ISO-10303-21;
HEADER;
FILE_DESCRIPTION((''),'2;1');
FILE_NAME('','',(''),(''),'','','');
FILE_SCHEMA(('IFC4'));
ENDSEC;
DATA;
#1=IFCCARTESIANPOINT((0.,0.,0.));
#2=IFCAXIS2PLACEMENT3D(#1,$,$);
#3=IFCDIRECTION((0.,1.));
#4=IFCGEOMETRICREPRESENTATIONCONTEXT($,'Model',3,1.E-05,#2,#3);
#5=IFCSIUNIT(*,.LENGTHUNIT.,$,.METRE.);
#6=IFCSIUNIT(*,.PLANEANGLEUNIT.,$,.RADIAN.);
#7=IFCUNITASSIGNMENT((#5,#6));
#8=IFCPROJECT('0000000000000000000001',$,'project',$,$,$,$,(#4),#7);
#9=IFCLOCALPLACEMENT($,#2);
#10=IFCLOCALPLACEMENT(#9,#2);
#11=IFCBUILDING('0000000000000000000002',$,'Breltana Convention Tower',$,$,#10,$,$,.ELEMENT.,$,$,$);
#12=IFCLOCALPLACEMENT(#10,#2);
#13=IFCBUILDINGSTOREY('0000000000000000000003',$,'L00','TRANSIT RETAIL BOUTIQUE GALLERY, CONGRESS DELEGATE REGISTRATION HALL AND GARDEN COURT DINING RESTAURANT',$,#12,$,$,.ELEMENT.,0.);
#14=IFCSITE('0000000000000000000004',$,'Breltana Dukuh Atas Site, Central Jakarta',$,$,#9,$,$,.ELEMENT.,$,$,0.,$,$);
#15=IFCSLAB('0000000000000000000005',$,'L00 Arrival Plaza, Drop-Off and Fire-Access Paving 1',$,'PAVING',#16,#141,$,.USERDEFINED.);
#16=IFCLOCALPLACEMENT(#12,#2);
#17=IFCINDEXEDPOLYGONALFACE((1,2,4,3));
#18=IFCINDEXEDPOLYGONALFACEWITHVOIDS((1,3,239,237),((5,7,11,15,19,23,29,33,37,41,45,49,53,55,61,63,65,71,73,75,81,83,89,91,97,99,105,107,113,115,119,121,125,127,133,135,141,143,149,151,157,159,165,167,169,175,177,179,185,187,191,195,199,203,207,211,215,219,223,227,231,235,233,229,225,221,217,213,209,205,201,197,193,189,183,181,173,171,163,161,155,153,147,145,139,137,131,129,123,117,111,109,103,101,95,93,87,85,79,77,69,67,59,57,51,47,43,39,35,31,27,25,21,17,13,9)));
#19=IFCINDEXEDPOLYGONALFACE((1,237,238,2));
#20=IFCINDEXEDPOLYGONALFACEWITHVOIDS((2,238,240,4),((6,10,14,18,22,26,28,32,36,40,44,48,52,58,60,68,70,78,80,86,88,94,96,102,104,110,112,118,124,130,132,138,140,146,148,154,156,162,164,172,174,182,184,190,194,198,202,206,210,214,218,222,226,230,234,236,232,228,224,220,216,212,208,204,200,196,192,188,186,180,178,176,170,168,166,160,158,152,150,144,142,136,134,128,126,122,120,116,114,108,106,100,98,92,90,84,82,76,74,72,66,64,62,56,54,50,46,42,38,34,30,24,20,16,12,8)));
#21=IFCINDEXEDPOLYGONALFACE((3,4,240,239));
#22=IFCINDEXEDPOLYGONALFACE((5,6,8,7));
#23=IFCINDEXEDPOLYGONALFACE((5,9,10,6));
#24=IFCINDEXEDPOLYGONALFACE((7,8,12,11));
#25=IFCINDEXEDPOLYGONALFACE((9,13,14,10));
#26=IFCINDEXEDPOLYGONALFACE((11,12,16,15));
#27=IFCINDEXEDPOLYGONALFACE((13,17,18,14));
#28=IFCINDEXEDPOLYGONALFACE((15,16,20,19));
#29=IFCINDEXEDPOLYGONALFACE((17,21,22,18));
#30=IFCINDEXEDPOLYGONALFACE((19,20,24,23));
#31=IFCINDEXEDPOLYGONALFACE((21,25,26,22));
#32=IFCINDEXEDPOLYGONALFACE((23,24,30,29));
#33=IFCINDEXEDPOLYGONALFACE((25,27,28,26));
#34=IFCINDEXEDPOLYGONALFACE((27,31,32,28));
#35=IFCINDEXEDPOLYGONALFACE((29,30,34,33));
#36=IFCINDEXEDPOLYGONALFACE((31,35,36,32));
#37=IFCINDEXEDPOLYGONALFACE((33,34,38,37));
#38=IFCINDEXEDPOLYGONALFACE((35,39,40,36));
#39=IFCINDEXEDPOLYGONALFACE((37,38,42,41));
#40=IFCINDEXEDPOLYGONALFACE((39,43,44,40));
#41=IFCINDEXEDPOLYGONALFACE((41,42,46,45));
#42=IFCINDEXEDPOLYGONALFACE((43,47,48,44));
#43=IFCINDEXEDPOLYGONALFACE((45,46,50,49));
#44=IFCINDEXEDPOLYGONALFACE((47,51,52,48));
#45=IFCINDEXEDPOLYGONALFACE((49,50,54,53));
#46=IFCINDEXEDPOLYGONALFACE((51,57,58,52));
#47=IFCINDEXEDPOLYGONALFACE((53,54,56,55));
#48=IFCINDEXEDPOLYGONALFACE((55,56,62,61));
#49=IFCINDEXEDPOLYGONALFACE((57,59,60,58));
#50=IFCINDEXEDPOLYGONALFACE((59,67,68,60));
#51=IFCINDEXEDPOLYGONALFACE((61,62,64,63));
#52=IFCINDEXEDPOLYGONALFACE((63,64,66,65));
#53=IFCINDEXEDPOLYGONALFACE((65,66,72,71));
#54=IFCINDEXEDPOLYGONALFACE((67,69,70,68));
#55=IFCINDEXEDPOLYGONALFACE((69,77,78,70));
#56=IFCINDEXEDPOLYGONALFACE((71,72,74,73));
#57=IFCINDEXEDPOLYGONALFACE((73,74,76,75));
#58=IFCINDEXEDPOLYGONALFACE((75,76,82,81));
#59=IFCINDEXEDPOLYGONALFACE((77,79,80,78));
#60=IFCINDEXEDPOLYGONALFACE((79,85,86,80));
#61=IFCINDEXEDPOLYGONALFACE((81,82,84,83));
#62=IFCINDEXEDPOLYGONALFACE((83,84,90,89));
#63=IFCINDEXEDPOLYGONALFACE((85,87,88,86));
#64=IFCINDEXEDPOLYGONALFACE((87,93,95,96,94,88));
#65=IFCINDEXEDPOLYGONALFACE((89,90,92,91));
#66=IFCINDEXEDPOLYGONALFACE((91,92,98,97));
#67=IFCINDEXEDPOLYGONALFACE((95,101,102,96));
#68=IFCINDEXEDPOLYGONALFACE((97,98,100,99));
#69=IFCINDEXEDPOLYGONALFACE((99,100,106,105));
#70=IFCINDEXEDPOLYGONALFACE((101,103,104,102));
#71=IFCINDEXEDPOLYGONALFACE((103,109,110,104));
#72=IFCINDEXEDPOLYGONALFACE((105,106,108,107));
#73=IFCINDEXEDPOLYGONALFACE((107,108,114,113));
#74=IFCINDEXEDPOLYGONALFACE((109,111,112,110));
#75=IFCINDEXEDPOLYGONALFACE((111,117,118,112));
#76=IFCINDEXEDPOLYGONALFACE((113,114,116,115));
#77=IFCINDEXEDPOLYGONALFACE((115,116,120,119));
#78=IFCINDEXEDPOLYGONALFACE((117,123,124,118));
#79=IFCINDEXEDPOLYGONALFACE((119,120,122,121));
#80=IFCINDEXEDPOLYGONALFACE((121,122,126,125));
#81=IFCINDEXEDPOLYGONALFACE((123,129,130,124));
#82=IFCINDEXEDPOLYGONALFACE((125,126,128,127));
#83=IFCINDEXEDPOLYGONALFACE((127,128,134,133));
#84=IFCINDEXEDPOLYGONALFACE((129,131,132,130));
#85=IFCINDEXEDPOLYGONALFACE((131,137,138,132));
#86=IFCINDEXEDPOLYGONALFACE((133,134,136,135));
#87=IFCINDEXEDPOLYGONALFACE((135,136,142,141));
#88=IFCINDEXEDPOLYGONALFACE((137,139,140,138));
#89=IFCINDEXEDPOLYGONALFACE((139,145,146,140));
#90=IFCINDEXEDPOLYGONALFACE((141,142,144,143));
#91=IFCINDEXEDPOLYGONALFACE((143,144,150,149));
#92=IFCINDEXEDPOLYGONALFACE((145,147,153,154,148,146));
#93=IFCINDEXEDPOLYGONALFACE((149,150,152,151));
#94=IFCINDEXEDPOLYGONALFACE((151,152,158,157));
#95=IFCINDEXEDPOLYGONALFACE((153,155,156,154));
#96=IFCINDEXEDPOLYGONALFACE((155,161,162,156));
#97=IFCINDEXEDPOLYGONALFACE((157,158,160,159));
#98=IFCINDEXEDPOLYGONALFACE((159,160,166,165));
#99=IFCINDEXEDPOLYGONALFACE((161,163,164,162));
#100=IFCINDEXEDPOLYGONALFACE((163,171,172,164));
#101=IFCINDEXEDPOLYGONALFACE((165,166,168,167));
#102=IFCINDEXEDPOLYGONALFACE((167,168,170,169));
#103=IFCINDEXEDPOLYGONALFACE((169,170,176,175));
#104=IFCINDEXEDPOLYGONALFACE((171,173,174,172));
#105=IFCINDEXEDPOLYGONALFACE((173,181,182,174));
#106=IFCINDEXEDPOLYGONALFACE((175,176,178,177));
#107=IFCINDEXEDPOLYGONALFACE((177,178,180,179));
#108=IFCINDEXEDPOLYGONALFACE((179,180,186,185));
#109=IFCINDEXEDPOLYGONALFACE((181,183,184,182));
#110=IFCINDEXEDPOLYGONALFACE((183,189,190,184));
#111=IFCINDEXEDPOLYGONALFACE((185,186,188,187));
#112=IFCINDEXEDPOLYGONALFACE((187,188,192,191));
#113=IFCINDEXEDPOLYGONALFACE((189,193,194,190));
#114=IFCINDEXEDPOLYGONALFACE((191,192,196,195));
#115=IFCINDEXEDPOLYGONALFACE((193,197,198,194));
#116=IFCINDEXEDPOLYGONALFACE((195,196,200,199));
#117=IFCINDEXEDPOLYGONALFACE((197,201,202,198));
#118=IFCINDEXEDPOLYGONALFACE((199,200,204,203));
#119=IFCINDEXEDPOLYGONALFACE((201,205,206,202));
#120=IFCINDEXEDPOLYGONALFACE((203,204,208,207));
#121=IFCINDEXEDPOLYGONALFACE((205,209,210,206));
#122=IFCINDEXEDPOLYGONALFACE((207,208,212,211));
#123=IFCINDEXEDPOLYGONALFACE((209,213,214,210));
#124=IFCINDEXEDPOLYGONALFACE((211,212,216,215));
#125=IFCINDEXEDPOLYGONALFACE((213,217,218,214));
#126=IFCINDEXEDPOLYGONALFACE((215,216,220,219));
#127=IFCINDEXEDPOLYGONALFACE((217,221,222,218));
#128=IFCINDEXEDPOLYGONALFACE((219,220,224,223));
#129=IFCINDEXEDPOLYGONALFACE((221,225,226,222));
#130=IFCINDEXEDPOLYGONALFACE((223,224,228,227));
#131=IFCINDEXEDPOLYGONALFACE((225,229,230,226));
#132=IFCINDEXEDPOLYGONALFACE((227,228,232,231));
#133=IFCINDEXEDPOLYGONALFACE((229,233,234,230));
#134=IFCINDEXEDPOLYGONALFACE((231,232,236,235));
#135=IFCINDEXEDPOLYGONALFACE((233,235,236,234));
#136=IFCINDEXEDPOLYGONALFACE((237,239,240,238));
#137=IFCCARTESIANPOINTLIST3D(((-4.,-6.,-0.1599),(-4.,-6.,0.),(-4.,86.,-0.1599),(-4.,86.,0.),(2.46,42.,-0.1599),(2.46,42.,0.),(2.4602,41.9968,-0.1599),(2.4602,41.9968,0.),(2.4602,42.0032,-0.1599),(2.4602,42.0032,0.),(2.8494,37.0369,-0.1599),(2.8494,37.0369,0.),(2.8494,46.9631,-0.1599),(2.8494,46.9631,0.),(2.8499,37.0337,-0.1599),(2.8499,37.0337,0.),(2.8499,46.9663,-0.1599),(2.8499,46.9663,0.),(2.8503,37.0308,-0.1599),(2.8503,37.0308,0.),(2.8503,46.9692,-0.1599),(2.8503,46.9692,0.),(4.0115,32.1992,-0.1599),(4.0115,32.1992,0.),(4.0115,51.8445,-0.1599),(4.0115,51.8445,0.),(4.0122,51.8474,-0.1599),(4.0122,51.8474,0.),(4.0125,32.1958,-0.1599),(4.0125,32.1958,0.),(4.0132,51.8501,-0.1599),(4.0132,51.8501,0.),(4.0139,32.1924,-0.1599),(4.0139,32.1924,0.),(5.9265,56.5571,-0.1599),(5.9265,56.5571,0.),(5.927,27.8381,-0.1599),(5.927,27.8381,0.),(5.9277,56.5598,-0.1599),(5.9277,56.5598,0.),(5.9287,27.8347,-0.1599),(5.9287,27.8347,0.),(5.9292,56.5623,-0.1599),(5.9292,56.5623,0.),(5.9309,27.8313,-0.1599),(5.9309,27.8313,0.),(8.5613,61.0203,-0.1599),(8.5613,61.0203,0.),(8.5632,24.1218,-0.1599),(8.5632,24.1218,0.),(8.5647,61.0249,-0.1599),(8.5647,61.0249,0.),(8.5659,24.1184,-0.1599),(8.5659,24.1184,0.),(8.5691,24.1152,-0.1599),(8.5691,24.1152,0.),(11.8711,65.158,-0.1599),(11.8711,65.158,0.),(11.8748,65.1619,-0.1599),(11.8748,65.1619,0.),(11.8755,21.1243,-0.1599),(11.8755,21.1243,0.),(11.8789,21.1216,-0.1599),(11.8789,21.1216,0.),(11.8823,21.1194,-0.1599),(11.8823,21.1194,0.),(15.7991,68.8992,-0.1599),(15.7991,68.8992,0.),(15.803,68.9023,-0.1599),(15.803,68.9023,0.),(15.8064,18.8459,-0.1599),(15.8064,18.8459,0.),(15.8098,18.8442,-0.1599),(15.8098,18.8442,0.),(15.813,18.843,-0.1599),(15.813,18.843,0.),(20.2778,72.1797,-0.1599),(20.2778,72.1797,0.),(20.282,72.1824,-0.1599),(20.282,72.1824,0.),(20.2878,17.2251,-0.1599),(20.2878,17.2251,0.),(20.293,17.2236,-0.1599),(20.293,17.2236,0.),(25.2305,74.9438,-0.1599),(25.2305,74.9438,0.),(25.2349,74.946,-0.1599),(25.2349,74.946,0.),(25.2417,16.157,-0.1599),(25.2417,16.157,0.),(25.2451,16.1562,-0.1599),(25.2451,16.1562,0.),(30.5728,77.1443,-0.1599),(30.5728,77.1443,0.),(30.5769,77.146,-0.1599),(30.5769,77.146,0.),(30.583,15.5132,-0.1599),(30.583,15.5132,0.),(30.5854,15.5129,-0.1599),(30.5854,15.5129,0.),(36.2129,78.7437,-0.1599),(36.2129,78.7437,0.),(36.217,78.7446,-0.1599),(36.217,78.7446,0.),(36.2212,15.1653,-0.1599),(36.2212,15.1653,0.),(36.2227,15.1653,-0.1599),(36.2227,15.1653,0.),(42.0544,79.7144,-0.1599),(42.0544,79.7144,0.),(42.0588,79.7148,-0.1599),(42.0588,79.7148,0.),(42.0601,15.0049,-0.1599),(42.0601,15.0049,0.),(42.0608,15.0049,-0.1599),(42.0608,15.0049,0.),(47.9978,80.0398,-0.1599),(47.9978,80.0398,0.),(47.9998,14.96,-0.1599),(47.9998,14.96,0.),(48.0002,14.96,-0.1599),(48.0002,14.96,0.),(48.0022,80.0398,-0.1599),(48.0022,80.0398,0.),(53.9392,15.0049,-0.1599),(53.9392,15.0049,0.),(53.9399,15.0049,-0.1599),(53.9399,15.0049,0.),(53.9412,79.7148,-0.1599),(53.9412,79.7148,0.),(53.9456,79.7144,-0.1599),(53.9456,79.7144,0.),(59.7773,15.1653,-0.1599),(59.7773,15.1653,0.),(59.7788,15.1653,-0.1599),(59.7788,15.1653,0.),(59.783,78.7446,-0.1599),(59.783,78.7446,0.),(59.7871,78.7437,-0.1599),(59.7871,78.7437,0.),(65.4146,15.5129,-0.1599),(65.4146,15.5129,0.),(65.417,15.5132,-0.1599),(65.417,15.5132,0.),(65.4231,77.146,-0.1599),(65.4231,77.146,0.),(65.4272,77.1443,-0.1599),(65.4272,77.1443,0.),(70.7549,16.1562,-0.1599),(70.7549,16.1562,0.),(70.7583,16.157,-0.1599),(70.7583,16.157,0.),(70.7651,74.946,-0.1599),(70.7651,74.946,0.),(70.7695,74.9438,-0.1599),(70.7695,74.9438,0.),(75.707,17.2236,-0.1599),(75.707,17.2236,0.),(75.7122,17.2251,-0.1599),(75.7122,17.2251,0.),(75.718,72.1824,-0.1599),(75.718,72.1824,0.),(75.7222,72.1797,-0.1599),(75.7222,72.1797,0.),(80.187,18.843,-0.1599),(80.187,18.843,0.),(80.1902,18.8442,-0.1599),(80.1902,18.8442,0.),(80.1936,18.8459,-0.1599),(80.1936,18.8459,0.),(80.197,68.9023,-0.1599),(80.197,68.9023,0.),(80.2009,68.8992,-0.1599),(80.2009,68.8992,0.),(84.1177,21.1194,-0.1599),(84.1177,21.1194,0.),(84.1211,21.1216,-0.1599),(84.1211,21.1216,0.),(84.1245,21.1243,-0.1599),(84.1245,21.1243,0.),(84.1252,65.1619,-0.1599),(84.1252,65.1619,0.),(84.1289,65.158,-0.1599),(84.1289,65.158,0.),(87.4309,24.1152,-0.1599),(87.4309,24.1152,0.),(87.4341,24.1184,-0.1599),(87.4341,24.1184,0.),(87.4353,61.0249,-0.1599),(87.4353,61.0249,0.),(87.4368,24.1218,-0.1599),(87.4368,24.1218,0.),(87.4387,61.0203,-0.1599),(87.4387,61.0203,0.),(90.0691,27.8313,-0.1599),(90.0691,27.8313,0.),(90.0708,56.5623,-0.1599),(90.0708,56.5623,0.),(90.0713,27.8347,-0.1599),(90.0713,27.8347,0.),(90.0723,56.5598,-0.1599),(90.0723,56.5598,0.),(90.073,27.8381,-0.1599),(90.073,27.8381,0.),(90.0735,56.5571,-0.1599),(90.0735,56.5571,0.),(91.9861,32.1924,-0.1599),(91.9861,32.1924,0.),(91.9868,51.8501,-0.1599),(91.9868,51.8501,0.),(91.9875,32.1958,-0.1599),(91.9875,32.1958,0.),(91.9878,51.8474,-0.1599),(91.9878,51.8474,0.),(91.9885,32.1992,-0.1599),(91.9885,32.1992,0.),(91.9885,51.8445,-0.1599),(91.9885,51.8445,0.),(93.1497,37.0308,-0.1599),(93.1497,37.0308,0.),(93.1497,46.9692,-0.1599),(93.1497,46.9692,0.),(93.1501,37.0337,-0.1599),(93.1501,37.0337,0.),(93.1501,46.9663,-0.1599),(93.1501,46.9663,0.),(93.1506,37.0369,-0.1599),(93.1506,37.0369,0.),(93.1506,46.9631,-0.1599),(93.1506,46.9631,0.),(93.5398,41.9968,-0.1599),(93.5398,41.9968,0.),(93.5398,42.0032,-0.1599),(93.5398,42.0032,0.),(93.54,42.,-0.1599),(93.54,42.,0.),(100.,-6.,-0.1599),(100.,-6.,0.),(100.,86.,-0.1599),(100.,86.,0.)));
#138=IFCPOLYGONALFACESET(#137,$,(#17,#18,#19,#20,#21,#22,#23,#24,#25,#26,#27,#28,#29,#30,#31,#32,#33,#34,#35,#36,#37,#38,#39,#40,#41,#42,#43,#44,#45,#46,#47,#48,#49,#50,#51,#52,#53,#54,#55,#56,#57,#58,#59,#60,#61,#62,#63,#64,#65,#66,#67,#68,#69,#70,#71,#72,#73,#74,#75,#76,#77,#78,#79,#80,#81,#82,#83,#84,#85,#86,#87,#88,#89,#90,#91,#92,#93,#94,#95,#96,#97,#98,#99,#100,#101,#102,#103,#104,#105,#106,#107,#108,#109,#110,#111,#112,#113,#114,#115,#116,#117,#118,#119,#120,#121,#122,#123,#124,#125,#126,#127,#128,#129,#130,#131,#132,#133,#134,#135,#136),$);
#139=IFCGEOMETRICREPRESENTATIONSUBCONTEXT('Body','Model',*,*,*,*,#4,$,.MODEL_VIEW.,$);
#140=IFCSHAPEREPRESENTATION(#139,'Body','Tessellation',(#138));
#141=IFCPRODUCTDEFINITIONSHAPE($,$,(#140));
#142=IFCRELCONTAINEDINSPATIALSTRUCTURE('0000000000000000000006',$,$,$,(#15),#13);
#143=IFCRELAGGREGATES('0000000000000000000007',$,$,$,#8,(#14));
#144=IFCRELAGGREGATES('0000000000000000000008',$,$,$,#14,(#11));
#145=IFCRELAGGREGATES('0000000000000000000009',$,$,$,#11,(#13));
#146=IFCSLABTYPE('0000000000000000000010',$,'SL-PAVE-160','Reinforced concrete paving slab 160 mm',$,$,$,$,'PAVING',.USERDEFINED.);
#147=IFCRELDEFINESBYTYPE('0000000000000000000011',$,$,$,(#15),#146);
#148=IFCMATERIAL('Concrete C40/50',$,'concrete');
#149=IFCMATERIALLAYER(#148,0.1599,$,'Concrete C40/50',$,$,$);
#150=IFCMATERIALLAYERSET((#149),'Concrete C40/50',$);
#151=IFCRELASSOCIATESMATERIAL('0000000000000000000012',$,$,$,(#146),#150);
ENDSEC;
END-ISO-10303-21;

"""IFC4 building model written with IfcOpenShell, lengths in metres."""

from ifc_helpers import new_model, si_unit, direction, frame, origin, place, context, subcontext, project, spatial, polyline, outline, extrude, material, layer, layer_set, type_object, element, save


model = new_model("IFC4")

# Units and contexts
model_context = context("Model", 3, precision=1e-05, world=origin(), true_north=direction((0.0, 1.0)))
body_context = subcontext(model_context, "Body", "Model", "MODEL_VIEW")
ifc_project = project(units=[si_unit("LENGTHUNIT", "METRE"), si_unit("PLANEANGLEUNIT", "RADIAN")], contexts=[model_context])

# Site, building, storey
site_placement = place(None, origin())
site = spatial("IfcSite", under=ifc_project, at=site_placement, Name="Breltana Dukuh Atas Site, Central Jakarta", CompositionType="ELEMENT", RefElevation=0.0)
building_placement = place(site_placement, origin())
building = spatial("IfcBuilding", under=site, at=building_placement, Name="Breltana Convention Tower", CompositionType="ELEMENT")
storey_placement = place(building_placement, origin())
storey = spatial("IfcBuildingStorey", under=building, at=storey_placement, Name="L00", Description="TRANSIT RETAIL BOUTIQUE GALLERY, CONGRESS DELEGATE REGISTRATION HALL AND GARDEN COURT DINING RESTAURANT", CompositionType="ELEMENT", Elevation=0.0)

# Shared definitions
ifc_material_1 = material(Name="Concrete C40/50", Category="concrete")

# Slab
ifc_layer_1 = layer(ifc_material_1, 0.1599, Name="Concrete C40/50")
ifc_layer_set_1 = layer_set([ifc_layer_1], Name="Concrete C40/50")
slab_type_1 = type_object("IfcSlabType", Name="SL-PAVE-160", Description="Reinforced concrete paving slab 160 mm", ElementType="PAVING", PredefinedType="USERDEFINED", material=ifc_layer_set_1)
slab_1_placement = place(storey_placement, frame((0.0, 0.0, -0.1599)))
element("IfcSlab", 1, at=slab_1_placement, inside=storey, type_object=slab_type_1, Name="L00 Arrival Plaza, Drop-Off and Fire-Access Paving 1", ObjectType="PAVING", PredefinedType="USERDEFINED", context=body_context, shape_type="SweptSolid", body=[
    extrude(outline(polyline([(-4.0, 86.0), (100.0, 86.0), (100.0, -6.0), (-4.0, -6.0), (-4.0, 86.0)]), holes=[polyline([(93.54, 42.0), (93.5398, 42.0032), (93.1506, 46.9631), (93.1501, 46.9663), (93.1497, 46.9692), (91.9885, 51.8445), (91.9878, 51.8474), (91.9868, 51.8501), (90.0735, 56.5571), (90.0723, 56.5598), (90.0708, 56.5623), (87.4387, 61.0203), (87.4353, 61.0249), (84.1289, 65.158), (84.1252, 65.1619), (80.2009, 68.8992), (80.197, 68.9023), (75.7222, 72.1797), (75.718, 72.1824), (70.7695, 74.9438), (70.7651, 74.946), (65.4272, 77.1443), (65.4231, 77.146), (59.7871, 78.7437), (59.783, 78.7446), (53.9456, 79.7144), (53.9412, 79.7148), (48.0022, 80.0398), (47.9978, 80.0398), (42.0588, 79.7148), (42.0544, 79.7144), (36.217, 78.7446), (36.2129, 78.7437), (30.5769, 77.146), (30.5728, 77.1443), (25.2349, 74.946), (25.2305, 74.9438), (20.282, 72.1824), (20.2778, 72.1797), (15.803, 68.9023), (15.7991, 68.8992), (11.8748, 65.1619), (11.8711, 65.158), (8.5647, 61.0249), (8.5613, 61.0203), (5.9292, 56.5623), (5.9277, 56.5598), (5.9265, 56.5571), (4.0132, 51.8501), (4.0122, 51.8474), (4.0115, 51.8445), (2.8503, 46.9692), (2.8499, 46.9663), (2.8494, 46.9631), (2.4602, 42.0032), (2.46, 42.0), (2.4602, 41.9968), (2.8494, 37.0369), (2.8499, 37.0337), (2.8503, 37.0308), (4.0115, 32.1992), (4.0125, 32.1958), (4.0139, 32.1924), (5.927, 27.8381), (5.9287, 27.8347), (5.9309, 27.8313), (8.5632, 24.1218), (8.5659, 24.1184), (8.5691, 24.1152), (11.8755, 21.1243), (11.8789, 21.1216), (11.8823, 21.1194), (15.8064, 18.8459), (15.8098, 18.8442), (15.813, 18.843), (20.2878, 17.2251), (20.293, 17.2236), (25.2417, 16.157), (25.2451, 16.1562), (30.583, 15.5132), (30.5854, 15.5129), (36.2212, 15.1653), (36.2227, 15.1653), (42.0601, 15.0049), (42.0608, 15.0049), (47.9998, 14.96), (48.0002, 14.96), (53.9392, 15.0049), (53.9399, 15.0049), (59.7773, 15.1653), (59.7788, 15.1653), (65.4146, 15.5129), (65.417, 15.5132), (70.7549, 16.1562), (70.7583, 16.157), (75.707, 17.2236), (75.7122, 17.2251), (80.187, 18.843), (80.1902, 18.8442), (80.1936, 18.8459), (84.1177, 21.1194), (84.1211, 21.1216), (84.1245, 21.1243), (87.4309, 24.1152), (87.4341, 24.1184), (87.4368, 24.1218), (90.0691, 27.8313), (90.0713, 27.8347), (90.073, 27.8381), (91.9861, 32.1924), (91.9875, 32.1958), (91.9885, 32.1992), (93.1497, 37.0308), (93.1501, 37.0337), (93.1506, 37.0369), (93.5398, 41.9968), (93.54, 42.0)])]), origin(), (0.0, 0.0, 1.0), 0.1599),
])

save(model, "model.ifc")
